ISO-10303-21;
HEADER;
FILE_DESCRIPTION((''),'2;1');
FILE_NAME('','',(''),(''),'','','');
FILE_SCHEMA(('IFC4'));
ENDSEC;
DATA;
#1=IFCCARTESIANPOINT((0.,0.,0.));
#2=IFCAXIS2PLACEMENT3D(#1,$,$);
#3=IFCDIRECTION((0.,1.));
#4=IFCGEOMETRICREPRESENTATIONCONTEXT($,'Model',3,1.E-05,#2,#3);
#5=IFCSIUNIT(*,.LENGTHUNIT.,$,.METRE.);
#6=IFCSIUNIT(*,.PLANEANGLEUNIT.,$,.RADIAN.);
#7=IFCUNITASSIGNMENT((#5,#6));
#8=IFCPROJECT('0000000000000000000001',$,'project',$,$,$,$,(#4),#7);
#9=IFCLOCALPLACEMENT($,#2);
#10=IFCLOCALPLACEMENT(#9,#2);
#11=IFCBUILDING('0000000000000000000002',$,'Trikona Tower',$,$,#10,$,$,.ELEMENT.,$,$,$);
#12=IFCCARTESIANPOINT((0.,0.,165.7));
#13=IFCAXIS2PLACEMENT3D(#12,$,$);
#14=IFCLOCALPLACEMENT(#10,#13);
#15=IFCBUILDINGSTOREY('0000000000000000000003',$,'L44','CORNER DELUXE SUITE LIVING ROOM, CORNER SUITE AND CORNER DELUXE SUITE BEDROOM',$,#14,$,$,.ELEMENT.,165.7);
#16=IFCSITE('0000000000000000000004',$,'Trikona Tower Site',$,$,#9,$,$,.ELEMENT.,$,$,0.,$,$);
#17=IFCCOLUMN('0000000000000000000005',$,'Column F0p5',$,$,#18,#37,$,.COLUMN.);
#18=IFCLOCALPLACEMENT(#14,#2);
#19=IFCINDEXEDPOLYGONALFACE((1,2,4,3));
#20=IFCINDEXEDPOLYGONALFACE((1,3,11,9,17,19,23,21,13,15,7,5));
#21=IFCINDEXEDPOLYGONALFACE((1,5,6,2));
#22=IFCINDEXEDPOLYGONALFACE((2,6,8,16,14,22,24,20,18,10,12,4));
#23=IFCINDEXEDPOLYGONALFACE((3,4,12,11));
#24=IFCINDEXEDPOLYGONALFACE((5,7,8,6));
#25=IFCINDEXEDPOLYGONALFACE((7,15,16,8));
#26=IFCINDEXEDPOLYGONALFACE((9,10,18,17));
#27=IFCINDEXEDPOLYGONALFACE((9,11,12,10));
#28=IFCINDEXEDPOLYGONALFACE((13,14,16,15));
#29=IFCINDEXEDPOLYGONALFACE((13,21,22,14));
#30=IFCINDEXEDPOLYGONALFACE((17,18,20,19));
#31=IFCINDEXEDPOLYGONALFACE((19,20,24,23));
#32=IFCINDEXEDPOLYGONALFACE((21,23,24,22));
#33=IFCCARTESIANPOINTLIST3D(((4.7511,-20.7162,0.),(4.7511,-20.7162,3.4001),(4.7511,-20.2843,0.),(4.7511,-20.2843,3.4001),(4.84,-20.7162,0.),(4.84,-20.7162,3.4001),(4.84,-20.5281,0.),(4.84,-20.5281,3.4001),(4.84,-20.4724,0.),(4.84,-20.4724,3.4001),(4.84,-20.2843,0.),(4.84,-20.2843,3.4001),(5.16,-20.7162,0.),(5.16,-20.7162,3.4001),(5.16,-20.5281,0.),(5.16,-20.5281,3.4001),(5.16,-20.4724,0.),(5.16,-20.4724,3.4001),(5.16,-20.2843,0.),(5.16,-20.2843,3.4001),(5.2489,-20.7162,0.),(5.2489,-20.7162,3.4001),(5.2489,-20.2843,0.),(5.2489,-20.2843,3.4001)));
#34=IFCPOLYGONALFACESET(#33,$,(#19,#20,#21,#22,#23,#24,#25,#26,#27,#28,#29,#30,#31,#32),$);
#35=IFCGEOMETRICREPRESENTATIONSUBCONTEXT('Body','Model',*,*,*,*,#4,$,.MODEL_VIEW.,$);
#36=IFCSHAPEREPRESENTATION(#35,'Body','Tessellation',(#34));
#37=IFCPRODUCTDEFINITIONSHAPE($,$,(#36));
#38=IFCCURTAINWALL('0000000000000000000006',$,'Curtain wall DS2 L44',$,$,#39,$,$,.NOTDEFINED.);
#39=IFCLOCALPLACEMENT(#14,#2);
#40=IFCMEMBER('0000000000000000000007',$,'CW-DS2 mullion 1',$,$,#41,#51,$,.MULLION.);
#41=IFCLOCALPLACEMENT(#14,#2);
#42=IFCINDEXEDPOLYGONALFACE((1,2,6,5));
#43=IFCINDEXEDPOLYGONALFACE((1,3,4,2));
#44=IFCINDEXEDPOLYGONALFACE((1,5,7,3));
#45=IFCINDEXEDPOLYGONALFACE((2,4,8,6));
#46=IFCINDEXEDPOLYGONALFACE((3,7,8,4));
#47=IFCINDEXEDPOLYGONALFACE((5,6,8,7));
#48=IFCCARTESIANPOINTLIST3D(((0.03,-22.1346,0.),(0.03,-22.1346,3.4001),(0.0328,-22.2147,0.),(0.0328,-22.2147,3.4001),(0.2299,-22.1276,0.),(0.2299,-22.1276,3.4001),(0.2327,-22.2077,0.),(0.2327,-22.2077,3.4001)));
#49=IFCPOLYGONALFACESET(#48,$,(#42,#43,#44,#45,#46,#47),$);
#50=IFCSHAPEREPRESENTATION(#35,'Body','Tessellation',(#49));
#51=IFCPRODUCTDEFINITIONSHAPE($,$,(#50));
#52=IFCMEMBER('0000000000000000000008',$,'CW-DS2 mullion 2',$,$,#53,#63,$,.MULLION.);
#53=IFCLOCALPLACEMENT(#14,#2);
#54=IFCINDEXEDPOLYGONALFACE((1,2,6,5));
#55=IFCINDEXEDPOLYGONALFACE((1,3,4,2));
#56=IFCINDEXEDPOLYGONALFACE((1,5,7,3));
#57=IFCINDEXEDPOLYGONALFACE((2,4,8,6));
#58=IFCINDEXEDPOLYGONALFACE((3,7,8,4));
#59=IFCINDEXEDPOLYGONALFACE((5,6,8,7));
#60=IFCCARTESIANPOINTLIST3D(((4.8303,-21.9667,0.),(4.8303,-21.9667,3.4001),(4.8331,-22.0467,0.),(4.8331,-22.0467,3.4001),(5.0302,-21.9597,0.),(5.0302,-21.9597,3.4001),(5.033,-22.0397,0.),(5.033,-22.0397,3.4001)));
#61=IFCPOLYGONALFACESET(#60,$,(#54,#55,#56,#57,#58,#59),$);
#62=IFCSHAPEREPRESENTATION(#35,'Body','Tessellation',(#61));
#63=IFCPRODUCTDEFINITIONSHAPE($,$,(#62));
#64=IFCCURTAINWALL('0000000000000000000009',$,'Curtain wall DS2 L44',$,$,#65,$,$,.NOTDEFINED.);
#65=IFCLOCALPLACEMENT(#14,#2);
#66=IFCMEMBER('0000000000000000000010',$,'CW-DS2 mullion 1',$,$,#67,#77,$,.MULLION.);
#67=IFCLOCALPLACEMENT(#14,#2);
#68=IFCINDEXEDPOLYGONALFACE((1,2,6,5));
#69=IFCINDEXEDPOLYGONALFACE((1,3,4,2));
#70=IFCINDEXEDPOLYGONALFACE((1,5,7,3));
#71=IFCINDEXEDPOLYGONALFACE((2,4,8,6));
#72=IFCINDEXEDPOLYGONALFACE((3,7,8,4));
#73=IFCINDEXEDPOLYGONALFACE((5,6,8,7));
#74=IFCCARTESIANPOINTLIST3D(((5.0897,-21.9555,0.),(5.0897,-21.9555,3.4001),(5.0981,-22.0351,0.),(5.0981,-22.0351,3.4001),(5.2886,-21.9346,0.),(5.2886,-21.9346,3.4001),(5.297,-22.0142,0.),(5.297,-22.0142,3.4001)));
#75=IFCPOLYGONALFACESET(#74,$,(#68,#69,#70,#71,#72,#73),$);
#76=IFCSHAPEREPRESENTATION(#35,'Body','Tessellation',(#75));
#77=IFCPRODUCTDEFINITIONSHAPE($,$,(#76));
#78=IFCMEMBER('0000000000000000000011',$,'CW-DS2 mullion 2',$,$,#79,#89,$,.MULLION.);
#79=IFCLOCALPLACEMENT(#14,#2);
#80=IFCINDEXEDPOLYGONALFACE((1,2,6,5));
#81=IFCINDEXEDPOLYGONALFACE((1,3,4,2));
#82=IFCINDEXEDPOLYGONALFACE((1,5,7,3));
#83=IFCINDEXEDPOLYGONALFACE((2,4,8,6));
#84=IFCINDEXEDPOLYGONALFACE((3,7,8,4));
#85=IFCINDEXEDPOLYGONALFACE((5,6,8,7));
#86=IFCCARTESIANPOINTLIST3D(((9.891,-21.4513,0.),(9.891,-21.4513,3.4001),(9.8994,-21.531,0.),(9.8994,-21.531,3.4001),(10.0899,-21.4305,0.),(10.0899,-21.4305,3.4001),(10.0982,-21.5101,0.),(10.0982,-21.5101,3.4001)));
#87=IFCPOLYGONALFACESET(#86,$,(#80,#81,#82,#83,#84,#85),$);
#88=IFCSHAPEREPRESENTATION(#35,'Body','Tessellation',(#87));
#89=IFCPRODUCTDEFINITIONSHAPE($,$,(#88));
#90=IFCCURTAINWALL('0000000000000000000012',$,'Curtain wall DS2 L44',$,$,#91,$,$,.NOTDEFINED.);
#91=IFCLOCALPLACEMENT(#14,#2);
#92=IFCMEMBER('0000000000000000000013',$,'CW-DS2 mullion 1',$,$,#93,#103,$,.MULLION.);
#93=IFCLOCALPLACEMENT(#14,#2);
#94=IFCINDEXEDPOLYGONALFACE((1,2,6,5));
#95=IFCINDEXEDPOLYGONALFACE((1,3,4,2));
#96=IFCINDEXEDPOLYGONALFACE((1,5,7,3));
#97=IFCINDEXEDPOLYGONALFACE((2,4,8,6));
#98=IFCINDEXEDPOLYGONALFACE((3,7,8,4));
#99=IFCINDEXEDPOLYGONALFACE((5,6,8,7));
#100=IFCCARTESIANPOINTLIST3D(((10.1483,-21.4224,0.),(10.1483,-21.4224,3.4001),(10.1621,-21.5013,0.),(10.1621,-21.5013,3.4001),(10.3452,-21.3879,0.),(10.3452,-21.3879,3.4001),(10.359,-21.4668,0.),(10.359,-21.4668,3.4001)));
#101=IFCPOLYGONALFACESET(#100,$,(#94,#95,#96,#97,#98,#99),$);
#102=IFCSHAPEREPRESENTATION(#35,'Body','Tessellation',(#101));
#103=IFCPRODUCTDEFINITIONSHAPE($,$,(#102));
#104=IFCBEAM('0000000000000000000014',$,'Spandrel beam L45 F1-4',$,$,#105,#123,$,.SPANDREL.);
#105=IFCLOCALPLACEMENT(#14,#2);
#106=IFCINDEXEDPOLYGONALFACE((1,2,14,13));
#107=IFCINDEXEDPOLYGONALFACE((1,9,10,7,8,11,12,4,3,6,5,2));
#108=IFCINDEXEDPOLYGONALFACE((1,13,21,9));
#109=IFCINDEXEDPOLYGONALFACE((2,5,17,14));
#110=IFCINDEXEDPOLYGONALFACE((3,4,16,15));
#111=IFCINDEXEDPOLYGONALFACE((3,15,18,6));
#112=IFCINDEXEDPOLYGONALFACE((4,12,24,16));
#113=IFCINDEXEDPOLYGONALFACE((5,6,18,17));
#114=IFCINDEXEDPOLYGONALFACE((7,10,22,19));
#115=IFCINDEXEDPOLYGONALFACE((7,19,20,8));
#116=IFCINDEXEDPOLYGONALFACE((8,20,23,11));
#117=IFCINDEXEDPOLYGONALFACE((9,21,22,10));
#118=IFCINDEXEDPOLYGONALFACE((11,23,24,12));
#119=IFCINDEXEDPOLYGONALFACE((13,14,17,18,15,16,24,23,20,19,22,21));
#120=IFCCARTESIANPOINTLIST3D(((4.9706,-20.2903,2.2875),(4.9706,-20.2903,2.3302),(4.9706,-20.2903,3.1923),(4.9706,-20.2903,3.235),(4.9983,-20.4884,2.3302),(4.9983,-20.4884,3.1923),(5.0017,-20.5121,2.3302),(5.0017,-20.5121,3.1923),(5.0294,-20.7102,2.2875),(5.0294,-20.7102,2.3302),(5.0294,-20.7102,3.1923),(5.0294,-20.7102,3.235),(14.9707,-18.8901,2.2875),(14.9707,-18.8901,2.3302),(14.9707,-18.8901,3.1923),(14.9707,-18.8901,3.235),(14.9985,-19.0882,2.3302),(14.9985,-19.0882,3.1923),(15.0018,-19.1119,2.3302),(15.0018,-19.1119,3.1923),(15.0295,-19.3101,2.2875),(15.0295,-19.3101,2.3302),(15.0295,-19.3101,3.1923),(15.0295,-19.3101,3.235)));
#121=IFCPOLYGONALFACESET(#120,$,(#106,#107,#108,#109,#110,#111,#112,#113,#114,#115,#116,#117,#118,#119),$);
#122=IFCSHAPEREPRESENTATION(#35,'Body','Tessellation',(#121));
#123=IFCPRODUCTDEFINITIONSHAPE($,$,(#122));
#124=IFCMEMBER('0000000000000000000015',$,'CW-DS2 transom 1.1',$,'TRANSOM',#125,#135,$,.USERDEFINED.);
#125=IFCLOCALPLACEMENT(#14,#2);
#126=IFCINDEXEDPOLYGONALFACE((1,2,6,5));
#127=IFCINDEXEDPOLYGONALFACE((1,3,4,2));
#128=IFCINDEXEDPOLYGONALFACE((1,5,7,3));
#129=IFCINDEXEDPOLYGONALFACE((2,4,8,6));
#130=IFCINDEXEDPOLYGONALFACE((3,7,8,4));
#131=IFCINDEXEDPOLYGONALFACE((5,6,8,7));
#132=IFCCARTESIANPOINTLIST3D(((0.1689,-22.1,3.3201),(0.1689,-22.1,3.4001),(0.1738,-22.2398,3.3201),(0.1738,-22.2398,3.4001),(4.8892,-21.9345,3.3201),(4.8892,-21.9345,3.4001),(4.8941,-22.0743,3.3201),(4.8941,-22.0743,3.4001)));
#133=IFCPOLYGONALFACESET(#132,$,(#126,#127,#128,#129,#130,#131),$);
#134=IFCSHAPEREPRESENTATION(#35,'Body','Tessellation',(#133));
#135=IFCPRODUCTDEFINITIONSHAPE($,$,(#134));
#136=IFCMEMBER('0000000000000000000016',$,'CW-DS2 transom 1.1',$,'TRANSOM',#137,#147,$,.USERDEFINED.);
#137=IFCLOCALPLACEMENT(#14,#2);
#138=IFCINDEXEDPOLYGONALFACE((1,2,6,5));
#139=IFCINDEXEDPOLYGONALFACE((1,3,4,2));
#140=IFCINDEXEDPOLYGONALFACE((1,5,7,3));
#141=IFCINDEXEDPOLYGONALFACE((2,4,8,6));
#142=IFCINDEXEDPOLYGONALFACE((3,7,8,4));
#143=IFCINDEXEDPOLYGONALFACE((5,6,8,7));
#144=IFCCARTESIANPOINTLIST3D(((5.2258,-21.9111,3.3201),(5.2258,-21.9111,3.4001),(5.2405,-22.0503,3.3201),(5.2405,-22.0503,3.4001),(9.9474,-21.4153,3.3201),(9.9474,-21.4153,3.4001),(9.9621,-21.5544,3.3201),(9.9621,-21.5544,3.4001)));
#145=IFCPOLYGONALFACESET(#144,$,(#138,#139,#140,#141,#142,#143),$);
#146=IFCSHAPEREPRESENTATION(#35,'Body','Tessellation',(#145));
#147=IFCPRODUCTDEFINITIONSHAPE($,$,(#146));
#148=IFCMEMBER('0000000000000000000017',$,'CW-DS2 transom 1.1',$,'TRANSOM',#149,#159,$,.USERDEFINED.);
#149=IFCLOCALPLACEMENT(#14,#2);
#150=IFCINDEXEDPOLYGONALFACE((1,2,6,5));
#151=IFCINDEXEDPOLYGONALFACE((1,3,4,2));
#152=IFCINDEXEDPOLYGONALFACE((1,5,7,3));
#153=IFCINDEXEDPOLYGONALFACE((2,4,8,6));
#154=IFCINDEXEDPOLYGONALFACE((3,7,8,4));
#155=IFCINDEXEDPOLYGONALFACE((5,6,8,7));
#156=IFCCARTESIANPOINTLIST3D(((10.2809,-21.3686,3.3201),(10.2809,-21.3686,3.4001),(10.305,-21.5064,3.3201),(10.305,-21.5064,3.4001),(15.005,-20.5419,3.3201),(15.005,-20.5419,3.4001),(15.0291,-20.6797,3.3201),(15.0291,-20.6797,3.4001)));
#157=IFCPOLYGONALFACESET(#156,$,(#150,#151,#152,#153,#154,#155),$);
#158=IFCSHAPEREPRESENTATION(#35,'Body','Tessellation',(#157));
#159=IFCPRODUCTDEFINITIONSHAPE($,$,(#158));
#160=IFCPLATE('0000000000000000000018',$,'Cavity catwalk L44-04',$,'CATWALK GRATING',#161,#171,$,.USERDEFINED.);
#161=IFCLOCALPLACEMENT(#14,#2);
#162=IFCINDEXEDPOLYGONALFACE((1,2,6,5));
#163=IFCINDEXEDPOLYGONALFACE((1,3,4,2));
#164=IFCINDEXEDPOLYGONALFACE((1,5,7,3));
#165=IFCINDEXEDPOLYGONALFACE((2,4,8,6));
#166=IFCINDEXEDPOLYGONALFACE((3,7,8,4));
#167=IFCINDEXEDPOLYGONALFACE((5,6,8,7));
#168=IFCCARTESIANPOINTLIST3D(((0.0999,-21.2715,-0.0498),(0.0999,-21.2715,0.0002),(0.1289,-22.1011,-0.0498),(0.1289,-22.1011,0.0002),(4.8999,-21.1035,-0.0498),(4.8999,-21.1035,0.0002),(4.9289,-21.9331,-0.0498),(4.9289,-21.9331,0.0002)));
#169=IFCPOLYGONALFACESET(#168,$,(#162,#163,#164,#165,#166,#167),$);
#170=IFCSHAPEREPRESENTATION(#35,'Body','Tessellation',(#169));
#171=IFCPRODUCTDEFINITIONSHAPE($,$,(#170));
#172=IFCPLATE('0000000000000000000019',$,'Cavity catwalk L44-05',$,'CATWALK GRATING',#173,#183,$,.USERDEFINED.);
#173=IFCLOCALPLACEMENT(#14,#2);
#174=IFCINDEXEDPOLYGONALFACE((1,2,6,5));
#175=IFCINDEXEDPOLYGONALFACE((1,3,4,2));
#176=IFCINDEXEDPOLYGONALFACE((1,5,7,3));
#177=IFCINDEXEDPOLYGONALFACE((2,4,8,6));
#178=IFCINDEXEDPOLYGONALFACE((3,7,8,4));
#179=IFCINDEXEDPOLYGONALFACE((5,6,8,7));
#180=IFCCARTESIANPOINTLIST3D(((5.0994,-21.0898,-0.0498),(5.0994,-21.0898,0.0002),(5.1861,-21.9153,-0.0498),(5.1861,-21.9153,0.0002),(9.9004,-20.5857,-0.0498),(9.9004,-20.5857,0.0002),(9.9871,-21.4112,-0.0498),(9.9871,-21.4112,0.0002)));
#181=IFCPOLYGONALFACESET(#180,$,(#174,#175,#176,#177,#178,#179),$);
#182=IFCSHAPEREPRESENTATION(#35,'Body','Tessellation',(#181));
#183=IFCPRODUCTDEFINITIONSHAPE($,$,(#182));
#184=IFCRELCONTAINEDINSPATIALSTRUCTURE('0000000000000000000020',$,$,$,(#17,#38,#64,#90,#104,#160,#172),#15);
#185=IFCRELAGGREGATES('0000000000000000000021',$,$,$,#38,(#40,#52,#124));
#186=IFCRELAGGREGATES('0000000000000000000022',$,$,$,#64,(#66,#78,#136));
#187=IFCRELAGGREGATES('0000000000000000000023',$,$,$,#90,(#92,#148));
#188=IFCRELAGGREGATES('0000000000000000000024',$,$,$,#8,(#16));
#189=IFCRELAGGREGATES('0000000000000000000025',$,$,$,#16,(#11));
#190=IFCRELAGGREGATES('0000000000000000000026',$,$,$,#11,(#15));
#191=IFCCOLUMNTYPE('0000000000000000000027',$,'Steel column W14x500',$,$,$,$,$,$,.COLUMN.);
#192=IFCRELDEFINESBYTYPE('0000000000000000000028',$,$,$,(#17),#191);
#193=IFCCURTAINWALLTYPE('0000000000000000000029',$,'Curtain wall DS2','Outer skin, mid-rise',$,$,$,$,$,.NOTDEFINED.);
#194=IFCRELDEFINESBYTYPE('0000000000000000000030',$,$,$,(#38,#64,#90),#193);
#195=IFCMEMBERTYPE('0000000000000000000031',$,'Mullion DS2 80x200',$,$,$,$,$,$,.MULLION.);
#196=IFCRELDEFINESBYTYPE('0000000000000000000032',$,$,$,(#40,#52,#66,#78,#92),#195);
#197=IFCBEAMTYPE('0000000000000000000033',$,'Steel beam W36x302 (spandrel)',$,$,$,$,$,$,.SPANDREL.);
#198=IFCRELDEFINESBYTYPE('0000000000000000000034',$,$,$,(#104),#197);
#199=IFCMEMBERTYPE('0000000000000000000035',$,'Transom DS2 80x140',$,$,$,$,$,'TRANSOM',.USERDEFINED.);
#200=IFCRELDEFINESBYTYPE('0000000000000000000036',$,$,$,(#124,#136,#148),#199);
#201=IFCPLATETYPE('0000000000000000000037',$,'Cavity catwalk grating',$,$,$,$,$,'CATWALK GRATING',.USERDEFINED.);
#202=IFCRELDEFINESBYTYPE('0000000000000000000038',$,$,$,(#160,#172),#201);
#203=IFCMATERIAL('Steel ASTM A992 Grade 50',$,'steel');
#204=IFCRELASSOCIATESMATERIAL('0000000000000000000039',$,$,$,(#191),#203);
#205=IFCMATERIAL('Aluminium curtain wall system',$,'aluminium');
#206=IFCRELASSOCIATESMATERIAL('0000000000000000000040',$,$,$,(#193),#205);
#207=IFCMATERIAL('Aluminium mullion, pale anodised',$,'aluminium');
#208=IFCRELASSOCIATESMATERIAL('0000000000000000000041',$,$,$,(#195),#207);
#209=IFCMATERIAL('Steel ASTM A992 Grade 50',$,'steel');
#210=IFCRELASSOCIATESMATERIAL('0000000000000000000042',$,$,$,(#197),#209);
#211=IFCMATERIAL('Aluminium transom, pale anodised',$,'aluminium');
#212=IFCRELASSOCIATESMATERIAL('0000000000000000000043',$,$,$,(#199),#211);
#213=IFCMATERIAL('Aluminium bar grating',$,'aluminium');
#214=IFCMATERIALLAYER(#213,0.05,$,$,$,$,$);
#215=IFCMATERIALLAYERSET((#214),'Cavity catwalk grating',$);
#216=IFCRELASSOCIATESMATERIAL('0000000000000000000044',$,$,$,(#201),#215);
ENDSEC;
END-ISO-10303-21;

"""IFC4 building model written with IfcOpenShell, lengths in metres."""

from ifc_helpers import new_model, si_unit, direction, frame, origin, origin_2d, place, context, subcontext, project, spatial, rectangle, i_section, extrude, material, layer, layer_set, material_profile, profile_set, type_object, element, aggregate, save


model = new_model("IFC4")

# Units and contexts
model_context = context("Model", 3, precision=1e-05, world=origin(), true_north=direction((0.0, 1.0)))
body_context = subcontext(model_context, "Body", "Model", "MODEL_VIEW")
ifc_project = project(units=[si_unit("LENGTHUNIT", "METRE"), si_unit("PLANEANGLEUNIT", "RADIAN")], contexts=[model_context])

# Site, building, storey
site_placement = place(None, origin())
site = spatial("IfcSite", under=ifc_project, at=site_placement, Name="Trikona Tower Site", CompositionType="ELEMENT", RefElevation=0.0)
building_placement = place(site_placement, origin())
building = spatial("IfcBuilding", under=site, at=building_placement, Name="Trikona Tower", CompositionType="ELEMENT")
storey_placement = place(building_placement, frame((0.0, 0.0, 165.7)))
storey = spatial("IfcBuildingStorey", under=building, at=storey_placement, Name="L44", Description="CORNER DELUXE SUITE LIVING ROOM, CORNER SUITE AND CORNER DELUXE SUITE BEDROOM", CompositionType="ELEMENT", Elevation=165.7)

# Column
ifc_material_1 = material(Name="Steel ASTM A992 Grade 50", Category="steel")
ifc_material_profile_1 = material_profile(ifc_material_1, i_section(OverallWidth=0.4319, OverallDepth=0.4978, WebThickness=0.0557, FlangeThickness=0.0889, at=origin_2d()), Name="W14X500")
ifc_profile_set_1 = profile_set([ifc_material_profile_1], Name="Steel ASTM A992 Grade 50")
column_type = type_object("IfcColumnType", Name="Steel column W14x500", PredefinedType="COLUMN", material=ifc_profile_set_1)
column_placement = place(storey_placement, frame((5.0, -20.5002, 0.0), z_axis=(0.0, 0.0, 1.0), x_axis=(0.0, -1.0, 0.0)))
element("IfcColumn", 1, at=column_placement, inside=storey, type_object=column_type, Name="Column F0p5", PredefinedType="COLUMN", context=body_context, shape_type="SweptSolid", body=[
    extrude(i_section(OverallWidth=0.4319, OverallDepth=0.4978, WebThickness=0.0557, FlangeThickness=0.0889, at=origin_2d()), origin(), (0.0, 0.0, 1.0), 3.4001),
])

# Curtain walls, members
ifc_material_2 = material(Name="Aluminium curtain wall system", Category="aluminium")
curtain_wall_type = type_object("IfcCurtainWallType", Name="Curtain wall DS2", Description="Outer skin, mid-rise", PredefinedType="NOTDEFINED", material=ifc_material_2)
curtain_wall_1_placement = place(storey_placement, origin())
curtain_wall_1 = element("IfcCurtainWall", 2, at=curtain_wall_1_placement, inside=storey, type_object=curtain_wall_type, Name="Curtain wall DS2 L44", PredefinedType="NOTDEFINED")
ifc_material_3 = material(Name="Aluminium mullion, pale anodised", Category="aluminium")
ifc_material_profile_2 = material_profile(ifc_material_3, rectangle(XDim=0.0801, YDim=0.2, at=origin_2d()), Name="MUL-DS2")
ifc_profile_set_2 = profile_set([ifc_material_profile_2], Name="Aluminium mullion, pale anodised")
member_type_1 = type_object("IfcMemberType", Name="Mullion DS2 80x200", PredefinedType="MULLION", material=ifc_profile_set_2)
member_1_placement = place(storey_placement, frame((0.1313, -22.1711, 0.0), z_axis=(0.0, 0.0, 1.0), x_axis=(-0.034998, 0.999387, 0.0)))
member_1 = element("IfcMember", 3, at=member_1_placement, type_object=member_type_1, Name="CW-DS2 mullion 1", PredefinedType="MULLION", context=body_context, shape_type="SweptSolid", body=[
    extrude(rectangle(XDim=0.0801, YDim=0.2, at=origin_2d()), origin(), (0.0, 0.0, 1.0), 3.4001),
])
member_2_placement = place(storey_placement, frame((4.9316, -22.0032, 0.0), z_axis=(0.0, 0.0, 1.0), x_axis=(-0.034998, 0.999387, 0.0)))
member_2 = element("IfcMember", 4, at=member_2_placement, type_object=member_type_1, Name="CW-DS2 mullion 2", PredefinedType="MULLION", context=body_context, shape_type="SweptSolid", body=[
    extrude(rectangle(XDim=0.0801, YDim=0.2, at=origin_2d()), origin(), (0.0, 0.0, 1.0), 3.4001),
])
curtain_wall_2_placement = place(storey_placement, origin())
curtain_wall_2 = element("IfcCurtainWall", 5, at=curtain_wall_2_placement, inside=storey, type_object=curtain_wall_type, Name="Curtain wall DS2 L44", PredefinedType="NOTDEFINED")
member_3_placement = place(storey_placement, frame((5.1934, -21.9849, 0.0), z_axis=(0.0, 0.0, 1.0), x_axis=(-0.104433, 0.994532, 0.0)))
member_3 = element("IfcMember", 6, at=member_3_placement, type_object=member_type_1, Name="CW-DS2 mullion 1", PredefinedType="MULLION", context=body_context, shape_type="SweptSolid", body=[
    extrude(rectangle(XDim=0.0801, YDim=0.2, at=origin_2d()), origin(), (0.0, 0.0, 1.0), 3.4001),
])
member_4_placement = place(storey_placement, frame((9.9946, -21.4807, 0.0), z_axis=(0.0, 0.0, 1.0), x_axis=(-0.104433, 0.994532, 0.0)))
member_4 = element("IfcMember", 7, at=member_4_placement, type_object=member_type_1, Name="CW-DS2 mullion 2", PredefinedType="MULLION", context=body_context, shape_type="SweptSolid", body=[
    extrude(rectangle(XDim=0.0801, YDim=0.2, at=origin_2d()), origin(), (0.0, 0.0, 1.0), 3.4001),
])

# Curtain wall, member
curtain_wall_3_placement = place(storey_placement, origin())
curtain_wall_3 = element("IfcCurtainWall", 8, at=curtain_wall_3_placement, inside=storey, type_object=curtain_wall_type, Name="Curtain wall DS2 L44", PredefinedType="NOTDEFINED")
member_5_placement = place(storey_placement, frame((10.2537, -21.4446, 0.0), z_axis=(0.0, 0.0, 1.0), x_axis=(-0.172377, 0.985031, 0.0)))
member_5 = element("IfcMember", 9, at=member_5_placement, type_object=member_type_1, Name="CW-DS2 mullion 1", PredefinedType="MULLION", context=body_context, shape_type="SweptSolid", body=[
    extrude(rectangle(XDim=0.0801, YDim=0.2, at=origin_2d()), origin(), (0.0, 0.0, 1.0), 3.4001),
])

# Beam
ifc_material_4 = material(Name="Steel ASTM A992 Grade 50", Category="steel")
ifc_material_profile_3 = material_profile(ifc_material_4, i_section(OverallWidth=0.4241, OverallDepth=0.9475, WebThickness=0.0239, FlangeThickness=0.0427, at=origin_2d()), Name="W36X302")
ifc_profile_set_3 = profile_set([ifc_material_profile_3], Name="Steel ASTM A992 Grade 50")
beam_type = type_object("IfcBeamType", Name="Steel beam W36x302 (spandrel)", PredefinedType="SPANDREL", material=ifc_profile_set_3)
beam_placement = place(storey_placement, frame((5.0, -20.5002, 2.7612), z_axis=(0.99034, 0.138662, 0.0), x_axis=(-0.138662, 0.99034, 0.0)))
element("IfcBeam", 10, at=beam_placement, inside=storey, type_object=beam_type, Name="Spandrel beam L45 F1-4", PredefinedType="SPANDREL", context=body_context, shape_type="SweptSolid", body=[
    extrude(i_section(OverallWidth=0.4241, OverallDepth=0.9475, WebThickness=0.0239, FlangeThickness=0.0427, at=origin_2d()), origin(), (0.0, 0.0, 1.0), 10.0977),
])

# Members
ifc_material_5 = material(Name="Aluminium transom, pale anodised", Category="aluminium")
ifc_material_profile_4 = material_profile(ifc_material_5, rectangle(XDim=0.1399, YDim=0.0801, at=origin_2d()), Name="TRN-DS2")
ifc_profile_set_4 = profile_set([ifc_material_profile_4], Name="Aluminium transom, pale anodised")
member_type_2 = type_object("IfcMemberType", Name="Transom DS2 80x140", ElementType="TRANSOM", PredefinedType="USERDEFINED", material=ifc_profile_set_4)
member_6_placement = place(storey_placement, frame((0.1714, -22.1699, 3.3601), z_axis=(0.999386, 0.035046, 0.0), x_axis=(-0.035046, 0.999386, 0.0)))
member_6 = element("IfcMember", 11, at=member_6_placement, type_object=member_type_2, Name="CW-DS2 transom 1.1", ObjectType="TRANSOM", PredefinedType="USERDEFINED", context=body_context, shape_type="SweptSolid", body=[
    extrude(rectangle(XDim=0.1399, YDim=0.0801, at=origin_2d()), origin(), (0.0, 0.0, 1.0), 4.7231),
])
member_7_placement = place(storey_placement, frame((5.2332, -21.9807, 3.3601), z_axis=(0.994531, 0.104441, 0.0), x_axis=(-0.104441, 0.994531, 0.0)))
member_7 = element("IfcMember", 12, at=member_7_placement, type_object=member_type_2, Name="CW-DS2 transom 1.1", ObjectType="TRANSOM", PredefinedType="USERDEFINED", context=body_context, shape_type="SweptSolid", body=[
    extrude(rectangle(XDim=0.1399, YDim=0.0801, at=origin_2d()), origin(), (0.0, 0.0, 1.0), 4.7476),
])
member_8_placement = place(storey_placement, frame((10.293, -21.4375, 3.3601), z_axis=(0.985033, 0.172368, 0.0), x_axis=(-0.172368, 0.985033, 0.0)))
member_8 = element("IfcMember", 13, at=member_8_placement, type_object=member_type_2, Name="CW-DS2 transom 1.1", ObjectType="TRANSOM", PredefinedType="USERDEFINED", context=body_context, shape_type="SweptSolid", body=[
    extrude(rectangle(XDim=0.1399, YDim=0.0801, at=origin_2d()), origin(), (0.0, 0.0, 1.0), 4.7959),
])

# Plates
ifc_material_6 = material(Name="Aluminium bar grating", Category="aluminium")
ifc_layer_1 = layer(ifc_material_6, 0.05)
ifc_layer_set_1 = layer_set([ifc_layer_1], Name="Cavity catwalk grating")
plate_type_1 = type_object("IfcPlateType", Name="Cavity catwalk grating", ElementType="CATWALK GRATING", PredefinedType="USERDEFINED", material=ifc_layer_set_1)
plate_1_placement = place(storey_placement, frame((2.5144, -21.6023, -0.0498), z_axis=(0.0, 0.0, 1.0), x_axis=(0.999388, 0.034978, 0.0)))
element("IfcPlate", 14, at=plate_1_placement, inside=storey, type_object=plate_type_1, Name="Cavity catwalk L44-04", ObjectType="CATWALK GRATING", PredefinedType="USERDEFINED", context=body_context, shape_type="SweptSolid", body=[
    extrude(rectangle(XDim=4.803, YDim=0.8301, at=origin_2d()), origin(), (0.0, 0.0, 1.0), 0.05),
])
plate_2_placement = place(storey_placement, frame((7.5432, -21.2505, -0.0498), z_axis=(0.0, 0.0, 1.0), x_axis=(0.994533, 0.104426, 0.0)))
element("IfcPlate", 15, at=plate_2_placement, inside=storey, type_object=plate_type_1, Name="Cavity catwalk L44-05", ObjectType="CATWALK GRATING", PredefinedType="USERDEFINED", context=body_context, shape_type="SweptSolid", body=[
    extrude(rectangle(XDim=4.8274, YDim=0.8301, at=origin_2d()), origin(), (0.0, 0.0, 1.0), 0.05),
])

aggregate(curtain_wall_1, [member_1, member_2, member_6])
aggregate(curtain_wall_2, [member_3, member_4, member_7])
aggregate(curtain_wall_3, [member_5, member_8])

save(model, "model.ifc")
